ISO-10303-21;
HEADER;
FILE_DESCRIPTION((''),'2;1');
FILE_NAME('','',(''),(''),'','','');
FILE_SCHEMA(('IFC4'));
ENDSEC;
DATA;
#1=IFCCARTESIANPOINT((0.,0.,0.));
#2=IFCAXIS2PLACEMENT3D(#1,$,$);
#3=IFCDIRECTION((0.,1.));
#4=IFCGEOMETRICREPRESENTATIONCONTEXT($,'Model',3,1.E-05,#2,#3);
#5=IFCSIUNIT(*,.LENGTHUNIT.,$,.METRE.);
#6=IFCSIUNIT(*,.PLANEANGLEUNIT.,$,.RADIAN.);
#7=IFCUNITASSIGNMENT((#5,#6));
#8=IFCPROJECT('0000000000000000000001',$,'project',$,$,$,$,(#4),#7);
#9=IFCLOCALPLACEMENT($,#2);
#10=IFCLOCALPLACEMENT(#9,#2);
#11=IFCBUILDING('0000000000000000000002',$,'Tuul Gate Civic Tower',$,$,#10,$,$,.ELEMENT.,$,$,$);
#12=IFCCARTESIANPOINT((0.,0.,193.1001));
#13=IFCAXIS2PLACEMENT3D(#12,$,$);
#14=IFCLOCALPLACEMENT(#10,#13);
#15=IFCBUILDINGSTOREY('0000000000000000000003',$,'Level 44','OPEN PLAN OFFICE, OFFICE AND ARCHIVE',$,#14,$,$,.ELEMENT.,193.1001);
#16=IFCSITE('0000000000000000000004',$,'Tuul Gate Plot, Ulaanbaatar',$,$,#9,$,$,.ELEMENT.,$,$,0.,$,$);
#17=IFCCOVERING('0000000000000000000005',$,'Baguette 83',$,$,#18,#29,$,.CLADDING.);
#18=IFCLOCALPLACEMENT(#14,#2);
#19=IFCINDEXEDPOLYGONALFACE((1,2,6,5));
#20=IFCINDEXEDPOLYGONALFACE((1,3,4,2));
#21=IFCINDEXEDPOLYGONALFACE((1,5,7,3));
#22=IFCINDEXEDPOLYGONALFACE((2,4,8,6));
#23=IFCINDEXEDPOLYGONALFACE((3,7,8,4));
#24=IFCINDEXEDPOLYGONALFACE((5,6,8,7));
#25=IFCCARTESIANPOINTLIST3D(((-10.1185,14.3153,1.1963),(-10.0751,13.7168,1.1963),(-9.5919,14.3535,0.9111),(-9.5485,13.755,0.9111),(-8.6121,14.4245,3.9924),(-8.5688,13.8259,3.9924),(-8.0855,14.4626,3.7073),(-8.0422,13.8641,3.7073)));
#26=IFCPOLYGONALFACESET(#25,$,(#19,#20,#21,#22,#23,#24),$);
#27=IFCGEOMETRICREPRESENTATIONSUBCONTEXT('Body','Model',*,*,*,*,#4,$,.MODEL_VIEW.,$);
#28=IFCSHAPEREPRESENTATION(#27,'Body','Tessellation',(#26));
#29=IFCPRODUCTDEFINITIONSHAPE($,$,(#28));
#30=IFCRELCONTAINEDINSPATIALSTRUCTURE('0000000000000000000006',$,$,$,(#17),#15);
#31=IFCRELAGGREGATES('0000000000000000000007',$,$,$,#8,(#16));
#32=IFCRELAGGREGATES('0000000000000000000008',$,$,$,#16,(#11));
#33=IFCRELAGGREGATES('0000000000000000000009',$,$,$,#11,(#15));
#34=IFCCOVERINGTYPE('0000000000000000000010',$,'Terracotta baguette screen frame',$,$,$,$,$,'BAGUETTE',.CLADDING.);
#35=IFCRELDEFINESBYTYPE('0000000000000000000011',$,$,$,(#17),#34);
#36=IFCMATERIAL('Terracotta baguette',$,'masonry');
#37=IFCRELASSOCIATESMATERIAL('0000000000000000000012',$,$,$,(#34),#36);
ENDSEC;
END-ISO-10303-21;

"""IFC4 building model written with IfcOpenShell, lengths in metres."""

from ifc_helpers import new_model, si_unit, direction, frame, origin, origin_2d, place, context, subcontext, project, spatial, rectangle, extrude, material, material_profile, profile_set, type_object, element, save


model = new_model("IFC4")

# Units and contexts
model_context = context("Model", 3, precision=1e-05, world=origin(), true_north=direction((0.0, 1.0)))
body_context = subcontext(model_context, "Body", "Model", "MODEL_VIEW")
ifc_project = project(units=[si_unit("LENGTHUNIT", "METRE"), si_unit("PLANEANGLEUNIT", "RADIAN")], contexts=[model_context])

# Site, building, storey
site_placement = place(None, origin())
site = spatial("IfcSite", under=ifc_project, at=site_placement, Name="Tuul Gate Plot, Ulaanbaatar", CompositionType="ELEMENT", RefElevation=0.0)
building_placement = place(site_placement, origin())
building = spatial("IfcBuilding", under=site, at=building_placement, Name="Tuul Gate Civic Tower", CompositionType="ELEMENT")
storey_placement = place(building_placement, frame((0.0, 0.0, 193.1001)))
storey = spatial("IfcBuildingStorey", under=building, at=storey_placement, Name="Level 44", Description="OPEN PLAN OFFICE, OFFICE AND ARCHIVE", CompositionType="ELEMENT", Elevation=193.1001)

# Covering
ifc_material_1 = material(Name="Terracotta baguette", Category="masonry")
ifc_material_profile_1 = material_profile(ifc_material_1, rectangle(XDim=0.6001, YDim=0.6001, at=origin_2d()), Name="Terracotta baguette screen frame")
ifc_profile_set_1 = profile_set([ifc_material_profile_1], Name="Terracotta baguette")
covering_type = type_object("IfcCoveringType", Name="Terracotta baguette screen frame", ElementType="BAGUETTE", PredefinedType="CLADDING", material=ifc_profile_set_1)
covering_placement = place(storey_placement, frame((-8.3271, 14.1443, 3.8499), z_axis=(-0.473999, -0.03434, -0.879856), x_axis=(0.072258, -0.997386, 0.0)))
element("IfcCovering", 1, at=covering_placement, inside=storey, type_object=covering_type, Name="Baguette 83", PredefinedType="CLADDING", context=body_context, shape_type="SweptSolid", body=[
    extrude(rectangle(XDim=0.6001, YDim=0.6001, at=origin_2d()), origin(), (0.0, 0.0, 1.0), 3.178),
])

save(model, "model.ifc")
